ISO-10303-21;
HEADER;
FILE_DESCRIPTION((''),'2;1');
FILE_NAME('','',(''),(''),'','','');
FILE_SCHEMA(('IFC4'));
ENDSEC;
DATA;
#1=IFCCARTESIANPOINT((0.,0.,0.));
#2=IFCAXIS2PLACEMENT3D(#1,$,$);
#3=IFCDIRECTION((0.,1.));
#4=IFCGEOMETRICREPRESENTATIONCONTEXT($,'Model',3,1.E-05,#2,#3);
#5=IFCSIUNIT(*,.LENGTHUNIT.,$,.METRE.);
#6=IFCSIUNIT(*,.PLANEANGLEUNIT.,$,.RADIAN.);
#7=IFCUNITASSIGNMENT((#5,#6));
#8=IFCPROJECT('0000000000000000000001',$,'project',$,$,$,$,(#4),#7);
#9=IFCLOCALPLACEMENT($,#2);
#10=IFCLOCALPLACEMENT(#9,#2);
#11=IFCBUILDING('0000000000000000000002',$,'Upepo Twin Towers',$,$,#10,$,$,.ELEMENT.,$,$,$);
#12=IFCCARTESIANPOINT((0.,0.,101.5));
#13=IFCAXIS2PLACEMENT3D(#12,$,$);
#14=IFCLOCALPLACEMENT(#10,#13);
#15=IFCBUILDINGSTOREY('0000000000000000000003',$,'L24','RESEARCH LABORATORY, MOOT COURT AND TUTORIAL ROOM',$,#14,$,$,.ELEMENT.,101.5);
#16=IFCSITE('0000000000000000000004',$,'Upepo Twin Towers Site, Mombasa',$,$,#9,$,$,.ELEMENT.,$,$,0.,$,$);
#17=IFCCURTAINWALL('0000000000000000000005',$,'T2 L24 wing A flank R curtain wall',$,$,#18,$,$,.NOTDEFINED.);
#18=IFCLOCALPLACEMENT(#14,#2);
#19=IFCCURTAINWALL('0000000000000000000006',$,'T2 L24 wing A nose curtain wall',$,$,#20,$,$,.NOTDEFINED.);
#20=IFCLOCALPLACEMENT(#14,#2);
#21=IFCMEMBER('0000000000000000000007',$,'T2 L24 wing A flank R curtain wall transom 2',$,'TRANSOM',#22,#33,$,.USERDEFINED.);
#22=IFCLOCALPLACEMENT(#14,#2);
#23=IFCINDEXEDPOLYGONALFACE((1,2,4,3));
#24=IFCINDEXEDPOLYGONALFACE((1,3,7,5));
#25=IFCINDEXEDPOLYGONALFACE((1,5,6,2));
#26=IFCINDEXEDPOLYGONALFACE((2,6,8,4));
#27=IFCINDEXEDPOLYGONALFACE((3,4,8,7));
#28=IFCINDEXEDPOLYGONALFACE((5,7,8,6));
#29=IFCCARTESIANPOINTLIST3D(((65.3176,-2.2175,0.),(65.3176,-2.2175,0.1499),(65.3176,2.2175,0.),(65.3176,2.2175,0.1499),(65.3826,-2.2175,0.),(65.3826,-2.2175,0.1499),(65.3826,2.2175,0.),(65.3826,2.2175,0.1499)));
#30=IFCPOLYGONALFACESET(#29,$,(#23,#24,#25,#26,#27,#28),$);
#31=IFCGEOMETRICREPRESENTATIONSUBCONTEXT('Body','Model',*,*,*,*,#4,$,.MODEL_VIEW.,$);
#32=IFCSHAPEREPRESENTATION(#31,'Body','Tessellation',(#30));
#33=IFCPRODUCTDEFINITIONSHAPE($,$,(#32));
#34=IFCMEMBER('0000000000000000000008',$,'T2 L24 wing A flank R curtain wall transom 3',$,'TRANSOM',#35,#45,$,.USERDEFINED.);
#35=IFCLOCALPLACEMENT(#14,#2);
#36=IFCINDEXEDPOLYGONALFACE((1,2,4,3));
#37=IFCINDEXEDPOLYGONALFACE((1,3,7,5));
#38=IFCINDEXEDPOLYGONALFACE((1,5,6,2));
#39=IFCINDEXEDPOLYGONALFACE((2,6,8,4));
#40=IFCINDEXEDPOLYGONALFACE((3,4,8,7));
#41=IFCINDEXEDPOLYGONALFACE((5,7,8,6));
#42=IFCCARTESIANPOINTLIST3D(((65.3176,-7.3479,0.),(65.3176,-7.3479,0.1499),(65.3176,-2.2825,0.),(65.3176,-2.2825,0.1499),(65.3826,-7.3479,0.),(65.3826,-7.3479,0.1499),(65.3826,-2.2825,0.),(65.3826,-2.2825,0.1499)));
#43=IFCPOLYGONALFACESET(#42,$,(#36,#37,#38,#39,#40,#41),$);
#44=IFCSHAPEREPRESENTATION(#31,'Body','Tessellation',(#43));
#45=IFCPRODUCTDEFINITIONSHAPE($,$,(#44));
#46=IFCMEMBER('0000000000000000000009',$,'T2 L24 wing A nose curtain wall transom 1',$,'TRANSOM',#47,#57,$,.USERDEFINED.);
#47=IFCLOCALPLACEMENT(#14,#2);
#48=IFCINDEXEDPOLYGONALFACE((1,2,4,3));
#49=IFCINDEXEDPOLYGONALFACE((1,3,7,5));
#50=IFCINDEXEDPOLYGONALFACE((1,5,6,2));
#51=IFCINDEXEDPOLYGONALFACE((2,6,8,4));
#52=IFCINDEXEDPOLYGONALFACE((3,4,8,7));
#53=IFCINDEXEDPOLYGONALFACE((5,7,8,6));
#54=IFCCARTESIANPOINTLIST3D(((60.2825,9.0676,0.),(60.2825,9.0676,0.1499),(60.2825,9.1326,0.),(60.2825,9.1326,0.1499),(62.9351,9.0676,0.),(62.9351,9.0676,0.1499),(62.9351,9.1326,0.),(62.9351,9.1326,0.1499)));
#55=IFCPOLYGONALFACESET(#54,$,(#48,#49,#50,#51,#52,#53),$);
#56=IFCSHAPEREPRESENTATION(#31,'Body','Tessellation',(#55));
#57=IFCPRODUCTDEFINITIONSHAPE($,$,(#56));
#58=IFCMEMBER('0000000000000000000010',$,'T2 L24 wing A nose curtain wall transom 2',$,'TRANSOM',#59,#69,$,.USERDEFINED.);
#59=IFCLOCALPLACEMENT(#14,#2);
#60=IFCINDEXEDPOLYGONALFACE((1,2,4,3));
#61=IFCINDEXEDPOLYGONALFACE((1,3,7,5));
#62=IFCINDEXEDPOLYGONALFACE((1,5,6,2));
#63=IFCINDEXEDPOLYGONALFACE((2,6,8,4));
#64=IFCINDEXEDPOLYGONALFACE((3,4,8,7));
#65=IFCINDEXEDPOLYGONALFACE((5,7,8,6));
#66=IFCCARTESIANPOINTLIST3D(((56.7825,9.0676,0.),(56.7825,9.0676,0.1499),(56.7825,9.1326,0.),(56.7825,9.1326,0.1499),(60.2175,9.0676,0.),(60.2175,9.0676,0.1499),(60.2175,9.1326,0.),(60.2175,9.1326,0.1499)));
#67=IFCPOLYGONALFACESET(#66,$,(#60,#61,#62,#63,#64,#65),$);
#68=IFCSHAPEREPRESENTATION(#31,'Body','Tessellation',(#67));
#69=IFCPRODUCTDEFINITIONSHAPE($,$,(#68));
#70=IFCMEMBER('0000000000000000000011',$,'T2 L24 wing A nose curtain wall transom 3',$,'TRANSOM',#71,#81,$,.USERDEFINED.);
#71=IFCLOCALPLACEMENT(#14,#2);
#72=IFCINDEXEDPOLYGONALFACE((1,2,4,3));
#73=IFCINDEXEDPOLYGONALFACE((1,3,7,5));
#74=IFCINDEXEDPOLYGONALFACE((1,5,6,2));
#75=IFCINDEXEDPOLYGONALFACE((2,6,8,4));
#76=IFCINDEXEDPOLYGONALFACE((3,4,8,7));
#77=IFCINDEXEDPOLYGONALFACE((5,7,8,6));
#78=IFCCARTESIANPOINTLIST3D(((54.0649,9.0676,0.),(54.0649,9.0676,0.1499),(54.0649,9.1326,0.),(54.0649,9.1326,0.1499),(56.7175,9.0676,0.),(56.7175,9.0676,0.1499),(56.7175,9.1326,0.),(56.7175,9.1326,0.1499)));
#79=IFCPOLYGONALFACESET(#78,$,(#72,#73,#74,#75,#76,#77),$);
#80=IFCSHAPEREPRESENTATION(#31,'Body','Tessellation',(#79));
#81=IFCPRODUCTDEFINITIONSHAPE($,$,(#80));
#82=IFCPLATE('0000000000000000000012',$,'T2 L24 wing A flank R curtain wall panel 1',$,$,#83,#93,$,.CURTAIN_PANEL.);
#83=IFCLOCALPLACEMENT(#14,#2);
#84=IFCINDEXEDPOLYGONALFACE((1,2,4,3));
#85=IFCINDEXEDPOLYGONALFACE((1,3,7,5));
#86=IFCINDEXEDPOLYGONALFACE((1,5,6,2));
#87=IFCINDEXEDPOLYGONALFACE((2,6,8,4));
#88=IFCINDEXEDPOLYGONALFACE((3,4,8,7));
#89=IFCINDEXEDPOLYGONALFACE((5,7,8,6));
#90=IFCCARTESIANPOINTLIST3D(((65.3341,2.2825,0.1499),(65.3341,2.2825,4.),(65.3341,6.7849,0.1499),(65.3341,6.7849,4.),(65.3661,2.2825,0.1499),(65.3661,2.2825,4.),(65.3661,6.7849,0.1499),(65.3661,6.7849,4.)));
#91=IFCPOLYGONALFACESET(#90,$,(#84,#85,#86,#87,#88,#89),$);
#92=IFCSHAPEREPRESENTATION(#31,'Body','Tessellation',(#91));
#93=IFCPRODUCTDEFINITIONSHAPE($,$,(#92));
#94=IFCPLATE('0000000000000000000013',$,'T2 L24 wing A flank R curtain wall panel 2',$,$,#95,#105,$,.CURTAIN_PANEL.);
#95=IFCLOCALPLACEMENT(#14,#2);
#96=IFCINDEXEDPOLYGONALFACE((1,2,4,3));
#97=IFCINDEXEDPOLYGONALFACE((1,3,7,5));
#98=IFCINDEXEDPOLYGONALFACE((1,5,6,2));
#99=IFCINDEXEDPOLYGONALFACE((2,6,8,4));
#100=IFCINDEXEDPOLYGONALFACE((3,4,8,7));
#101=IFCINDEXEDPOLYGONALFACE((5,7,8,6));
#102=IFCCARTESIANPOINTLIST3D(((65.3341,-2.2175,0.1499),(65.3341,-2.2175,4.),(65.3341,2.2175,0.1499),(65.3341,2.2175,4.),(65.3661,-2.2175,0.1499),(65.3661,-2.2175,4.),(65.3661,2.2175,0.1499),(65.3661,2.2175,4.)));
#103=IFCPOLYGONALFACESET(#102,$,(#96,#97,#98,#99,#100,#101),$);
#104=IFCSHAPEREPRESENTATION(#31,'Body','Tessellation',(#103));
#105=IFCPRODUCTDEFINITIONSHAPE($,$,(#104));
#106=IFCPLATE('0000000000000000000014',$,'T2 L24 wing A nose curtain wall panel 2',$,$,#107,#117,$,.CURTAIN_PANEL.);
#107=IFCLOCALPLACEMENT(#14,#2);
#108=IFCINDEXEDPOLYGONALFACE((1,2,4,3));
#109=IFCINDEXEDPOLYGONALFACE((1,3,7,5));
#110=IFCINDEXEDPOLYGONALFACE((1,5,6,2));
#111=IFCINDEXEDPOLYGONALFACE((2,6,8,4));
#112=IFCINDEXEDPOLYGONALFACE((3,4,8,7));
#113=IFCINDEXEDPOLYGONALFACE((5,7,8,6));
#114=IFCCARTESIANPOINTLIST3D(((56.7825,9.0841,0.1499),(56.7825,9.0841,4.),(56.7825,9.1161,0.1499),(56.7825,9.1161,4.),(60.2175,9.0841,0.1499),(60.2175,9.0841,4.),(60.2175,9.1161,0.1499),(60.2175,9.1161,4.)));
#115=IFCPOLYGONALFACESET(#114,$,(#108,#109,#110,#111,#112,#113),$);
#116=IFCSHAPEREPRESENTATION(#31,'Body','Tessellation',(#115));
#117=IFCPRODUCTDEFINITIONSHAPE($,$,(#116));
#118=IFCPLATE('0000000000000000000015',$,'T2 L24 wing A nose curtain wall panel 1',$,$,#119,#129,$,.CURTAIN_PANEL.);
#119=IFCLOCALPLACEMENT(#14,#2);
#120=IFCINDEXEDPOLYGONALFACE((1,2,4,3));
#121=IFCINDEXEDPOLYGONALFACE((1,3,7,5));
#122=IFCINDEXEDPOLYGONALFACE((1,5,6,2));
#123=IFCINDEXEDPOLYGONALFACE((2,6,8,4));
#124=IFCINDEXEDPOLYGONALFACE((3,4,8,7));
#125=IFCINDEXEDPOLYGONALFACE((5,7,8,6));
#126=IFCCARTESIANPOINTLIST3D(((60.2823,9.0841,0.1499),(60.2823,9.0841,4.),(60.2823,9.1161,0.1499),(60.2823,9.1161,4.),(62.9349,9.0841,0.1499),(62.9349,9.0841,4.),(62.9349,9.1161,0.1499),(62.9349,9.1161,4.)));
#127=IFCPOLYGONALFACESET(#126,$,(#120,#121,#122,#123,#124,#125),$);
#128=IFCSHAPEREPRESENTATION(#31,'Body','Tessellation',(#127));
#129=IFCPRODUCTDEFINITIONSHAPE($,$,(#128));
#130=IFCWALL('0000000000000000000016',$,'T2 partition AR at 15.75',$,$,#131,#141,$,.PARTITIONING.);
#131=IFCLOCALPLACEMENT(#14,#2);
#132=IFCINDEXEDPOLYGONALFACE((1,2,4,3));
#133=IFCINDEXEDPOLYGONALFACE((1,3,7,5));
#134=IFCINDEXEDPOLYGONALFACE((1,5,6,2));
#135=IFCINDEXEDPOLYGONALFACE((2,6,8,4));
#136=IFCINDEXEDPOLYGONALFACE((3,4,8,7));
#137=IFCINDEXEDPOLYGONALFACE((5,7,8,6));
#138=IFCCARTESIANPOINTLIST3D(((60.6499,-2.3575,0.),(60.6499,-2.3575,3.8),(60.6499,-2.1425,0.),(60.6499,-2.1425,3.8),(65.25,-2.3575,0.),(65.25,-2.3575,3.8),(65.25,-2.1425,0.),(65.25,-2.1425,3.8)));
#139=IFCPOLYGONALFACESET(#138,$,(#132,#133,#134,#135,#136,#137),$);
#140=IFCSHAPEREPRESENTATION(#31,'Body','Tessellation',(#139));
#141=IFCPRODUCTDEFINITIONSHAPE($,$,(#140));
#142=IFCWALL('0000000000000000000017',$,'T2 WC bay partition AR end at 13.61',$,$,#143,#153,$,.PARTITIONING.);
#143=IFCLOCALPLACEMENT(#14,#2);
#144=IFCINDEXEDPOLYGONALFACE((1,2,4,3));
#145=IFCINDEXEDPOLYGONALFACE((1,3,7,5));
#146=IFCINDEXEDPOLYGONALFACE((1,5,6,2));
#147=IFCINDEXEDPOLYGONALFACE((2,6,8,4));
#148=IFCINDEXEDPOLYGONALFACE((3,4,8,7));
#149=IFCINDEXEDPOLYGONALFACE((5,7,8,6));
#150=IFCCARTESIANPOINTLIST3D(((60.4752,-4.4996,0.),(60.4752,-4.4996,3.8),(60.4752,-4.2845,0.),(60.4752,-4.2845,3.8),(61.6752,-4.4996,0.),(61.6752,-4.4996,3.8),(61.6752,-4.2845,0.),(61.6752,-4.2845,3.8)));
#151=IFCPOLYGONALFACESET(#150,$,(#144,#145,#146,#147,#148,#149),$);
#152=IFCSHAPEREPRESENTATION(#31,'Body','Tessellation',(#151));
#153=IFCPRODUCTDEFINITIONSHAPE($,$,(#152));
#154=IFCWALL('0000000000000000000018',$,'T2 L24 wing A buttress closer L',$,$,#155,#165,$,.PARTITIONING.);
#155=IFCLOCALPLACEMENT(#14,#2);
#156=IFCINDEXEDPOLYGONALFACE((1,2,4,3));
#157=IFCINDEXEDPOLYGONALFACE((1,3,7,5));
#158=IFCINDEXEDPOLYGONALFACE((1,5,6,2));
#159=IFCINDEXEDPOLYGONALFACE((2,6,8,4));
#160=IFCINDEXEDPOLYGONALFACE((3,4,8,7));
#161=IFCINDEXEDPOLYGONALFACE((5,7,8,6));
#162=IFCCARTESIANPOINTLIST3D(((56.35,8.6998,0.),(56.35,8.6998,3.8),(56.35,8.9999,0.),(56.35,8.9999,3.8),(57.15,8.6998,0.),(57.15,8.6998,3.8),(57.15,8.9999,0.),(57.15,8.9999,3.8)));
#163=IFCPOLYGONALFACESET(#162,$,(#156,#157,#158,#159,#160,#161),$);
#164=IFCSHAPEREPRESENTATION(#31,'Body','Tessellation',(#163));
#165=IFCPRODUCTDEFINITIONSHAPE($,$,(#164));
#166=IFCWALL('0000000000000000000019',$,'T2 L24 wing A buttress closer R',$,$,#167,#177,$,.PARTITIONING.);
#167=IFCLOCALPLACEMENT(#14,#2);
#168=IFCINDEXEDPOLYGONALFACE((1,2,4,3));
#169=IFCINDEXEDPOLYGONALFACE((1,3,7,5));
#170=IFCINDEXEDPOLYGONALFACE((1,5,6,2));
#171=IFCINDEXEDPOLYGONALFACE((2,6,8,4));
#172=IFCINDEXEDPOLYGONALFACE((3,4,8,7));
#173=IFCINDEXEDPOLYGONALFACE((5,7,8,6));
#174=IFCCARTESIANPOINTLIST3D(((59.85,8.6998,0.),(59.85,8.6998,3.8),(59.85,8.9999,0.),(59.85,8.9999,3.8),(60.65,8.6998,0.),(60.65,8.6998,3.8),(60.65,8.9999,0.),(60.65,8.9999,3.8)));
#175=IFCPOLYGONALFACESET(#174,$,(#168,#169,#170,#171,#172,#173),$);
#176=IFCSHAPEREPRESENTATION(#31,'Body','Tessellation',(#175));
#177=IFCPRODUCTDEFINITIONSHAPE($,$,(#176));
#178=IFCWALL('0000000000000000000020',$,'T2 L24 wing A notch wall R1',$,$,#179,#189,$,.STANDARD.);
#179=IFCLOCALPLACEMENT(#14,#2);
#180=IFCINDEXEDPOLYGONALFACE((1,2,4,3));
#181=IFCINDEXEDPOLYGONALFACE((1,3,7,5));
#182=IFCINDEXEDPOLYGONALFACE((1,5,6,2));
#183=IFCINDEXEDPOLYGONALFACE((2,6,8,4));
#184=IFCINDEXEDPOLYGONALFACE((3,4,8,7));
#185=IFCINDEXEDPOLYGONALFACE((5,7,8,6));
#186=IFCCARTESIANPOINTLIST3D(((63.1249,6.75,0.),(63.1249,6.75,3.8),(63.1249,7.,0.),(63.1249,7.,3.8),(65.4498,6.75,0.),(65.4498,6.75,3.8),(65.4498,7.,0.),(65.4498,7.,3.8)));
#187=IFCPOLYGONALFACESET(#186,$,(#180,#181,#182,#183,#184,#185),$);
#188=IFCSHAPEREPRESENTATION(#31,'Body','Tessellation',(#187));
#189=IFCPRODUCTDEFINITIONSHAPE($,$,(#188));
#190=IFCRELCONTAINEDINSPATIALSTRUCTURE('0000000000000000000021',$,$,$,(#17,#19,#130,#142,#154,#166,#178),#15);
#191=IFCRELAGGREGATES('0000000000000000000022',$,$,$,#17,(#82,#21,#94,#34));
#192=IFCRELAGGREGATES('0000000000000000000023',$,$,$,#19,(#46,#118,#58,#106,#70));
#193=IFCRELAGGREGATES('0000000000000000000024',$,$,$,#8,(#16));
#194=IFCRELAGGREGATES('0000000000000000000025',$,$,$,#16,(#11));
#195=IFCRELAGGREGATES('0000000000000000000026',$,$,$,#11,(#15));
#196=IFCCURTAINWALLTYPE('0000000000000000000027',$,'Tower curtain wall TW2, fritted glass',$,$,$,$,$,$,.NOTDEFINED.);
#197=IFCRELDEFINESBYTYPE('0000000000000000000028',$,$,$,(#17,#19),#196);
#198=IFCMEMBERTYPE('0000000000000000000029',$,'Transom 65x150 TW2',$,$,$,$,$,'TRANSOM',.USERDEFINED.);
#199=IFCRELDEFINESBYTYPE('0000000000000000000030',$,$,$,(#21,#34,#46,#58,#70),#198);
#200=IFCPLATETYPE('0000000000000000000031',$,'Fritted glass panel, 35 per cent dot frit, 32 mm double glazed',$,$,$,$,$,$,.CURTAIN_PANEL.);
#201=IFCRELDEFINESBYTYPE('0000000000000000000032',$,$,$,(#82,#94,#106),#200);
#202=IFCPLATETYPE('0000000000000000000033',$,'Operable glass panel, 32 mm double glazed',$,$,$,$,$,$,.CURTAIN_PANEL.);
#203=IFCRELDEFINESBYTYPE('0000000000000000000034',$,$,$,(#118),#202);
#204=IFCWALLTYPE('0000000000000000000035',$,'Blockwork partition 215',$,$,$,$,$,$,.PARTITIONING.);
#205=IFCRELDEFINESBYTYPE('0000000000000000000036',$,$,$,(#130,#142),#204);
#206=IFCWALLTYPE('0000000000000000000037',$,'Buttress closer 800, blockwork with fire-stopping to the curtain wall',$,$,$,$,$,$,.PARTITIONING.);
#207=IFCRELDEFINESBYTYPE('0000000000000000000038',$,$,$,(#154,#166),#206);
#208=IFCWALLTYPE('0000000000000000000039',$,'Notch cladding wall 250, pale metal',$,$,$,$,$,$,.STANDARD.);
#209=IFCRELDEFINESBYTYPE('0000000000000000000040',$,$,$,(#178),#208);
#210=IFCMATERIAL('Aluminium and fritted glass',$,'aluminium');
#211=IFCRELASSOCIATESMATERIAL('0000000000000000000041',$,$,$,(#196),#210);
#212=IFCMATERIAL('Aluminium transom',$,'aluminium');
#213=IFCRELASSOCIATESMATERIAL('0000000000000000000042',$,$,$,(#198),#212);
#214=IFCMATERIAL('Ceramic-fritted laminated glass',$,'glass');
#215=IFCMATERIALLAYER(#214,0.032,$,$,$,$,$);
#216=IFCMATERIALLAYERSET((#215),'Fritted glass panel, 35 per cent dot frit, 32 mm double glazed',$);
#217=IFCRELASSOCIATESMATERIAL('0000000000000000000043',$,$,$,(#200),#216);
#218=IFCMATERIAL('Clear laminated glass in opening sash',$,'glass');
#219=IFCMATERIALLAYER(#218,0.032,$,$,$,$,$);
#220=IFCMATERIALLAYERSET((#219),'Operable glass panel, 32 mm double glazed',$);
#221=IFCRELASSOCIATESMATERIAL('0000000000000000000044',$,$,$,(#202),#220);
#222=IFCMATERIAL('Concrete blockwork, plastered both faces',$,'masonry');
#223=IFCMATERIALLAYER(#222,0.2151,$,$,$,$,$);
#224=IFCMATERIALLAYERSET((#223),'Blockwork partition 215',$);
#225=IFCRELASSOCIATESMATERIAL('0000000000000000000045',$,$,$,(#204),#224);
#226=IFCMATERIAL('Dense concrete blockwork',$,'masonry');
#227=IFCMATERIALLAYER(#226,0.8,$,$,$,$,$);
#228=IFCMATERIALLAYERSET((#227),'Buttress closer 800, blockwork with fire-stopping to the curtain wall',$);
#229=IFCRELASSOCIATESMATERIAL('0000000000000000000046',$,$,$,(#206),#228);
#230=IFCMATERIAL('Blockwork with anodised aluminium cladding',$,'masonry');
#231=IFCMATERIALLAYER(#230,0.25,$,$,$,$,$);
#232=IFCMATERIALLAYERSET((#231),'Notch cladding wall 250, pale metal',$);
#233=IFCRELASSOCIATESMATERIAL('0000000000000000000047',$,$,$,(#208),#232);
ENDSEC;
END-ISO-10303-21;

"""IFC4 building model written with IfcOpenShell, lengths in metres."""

from ifc_helpers import new_model, si_unit, direction, frame, frame_2d, origin, origin_2d, place, context, subcontext, project, spatial, rectangle, extrude, material, layer, layer_set, material_profile, profile_set, type_object, element, aggregate, save


model = new_model("IFC4")

# Units and contexts
model_context = context("Model", 3, precision=1e-05, world=origin(), true_north=direction((0.0, 1.0)))
body_context = subcontext(model_context, "Body", "Model", "MODEL_VIEW")
ifc_project = project(units=[si_unit("LENGTHUNIT", "METRE"), si_unit("PLANEANGLEUNIT", "RADIAN")], contexts=[model_context])

# Site, building, storey
site_placement = place(None, origin())
site = spatial("IfcSite", under=ifc_project, at=site_placement, Name="Upepo Twin Towers Site, Mombasa", CompositionType="ELEMENT", RefElevation=0.0)
building_placement = place(site_placement, origin())
building = spatial("IfcBuilding", under=site, at=building_placement, Name="Upepo Twin Towers", CompositionType="ELEMENT")
storey_placement = place(building_placement, frame((0.0, 0.0, 101.5)))
storey = spatial("IfcBuildingStorey", under=building, at=storey_placement, Name="L24", Description="RESEARCH LABORATORY, MOOT COURT AND TUTORIAL ROOM", CompositionType="ELEMENT", Elevation=101.5)

# Curtain walls
ifc_material_1 = material(Name="Aluminium and fritted glass", Category="aluminium")
curtain_wall_type = type_object("IfcCurtainWallType", Name="Tower curtain wall TW2, fritted glass", PredefinedType="NOTDEFINED", material=ifc_material_1)
curtain_wall_1_placement = place(storey_placement, origin())
curtain_wall_1 = element("IfcCurtainWall", 1, at=curtain_wall_1_placement, inside=storey, type_object=curtain_wall_type, Name="T2 L24 wing A flank R curtain wall", PredefinedType="NOTDEFINED")
curtain_wall_2_placement = place(storey_placement, origin())
curtain_wall_2 = element("IfcCurtainWall", 2, at=curtain_wall_2_placement, inside=storey, type_object=curtain_wall_type, Name="T2 L24 wing A nose curtain wall", PredefinedType="NOTDEFINED")

# Members
ifc_material_2 = material(Name="Aluminium transom", Category="aluminium")
ifc_material_profile_1 = material_profile(ifc_material_2, rectangle(XDim=0.0649, YDim=0.1499, at=origin_2d()), Name="TRANSOM 65x150")
ifc_profile_set_1 = profile_set([ifc_material_profile_1], Name="Aluminium transom")
member_type_1 = type_object("IfcMemberType", Name="Transom 65x150 TW2", ElementType="TRANSOM", PredefinedType="USERDEFINED", material=ifc_profile_set_1)
member_1_placement = place(storey_placement, frame((65.3501, 2.2175, 0.075), z_axis=(0.0, -1.0, 0.0), x_axis=(1.0, 0.0, 0.0)))
member_1 = element("IfcMember", 3, at=member_1_placement, type_object=member_type_1, Name="T2 L24 wing A flank R curtain wall transom 2", ObjectType="TRANSOM", PredefinedType="USERDEFINED", context=body_context, shape_type="SweptSolid", body=[
    extrude(rectangle(XDim=0.0649, YDim=0.1499, at=origin_2d()), origin(), (0.0, 0.0, 1.0), 4.4351),
])
member_2_placement = place(storey_placement, frame((65.3501, -2.2825, 0.075), z_axis=(0.0, -1.0, 0.0), x_axis=(1.0, 0.0, 0.0)))
member_2 = element("IfcMember", 4, at=member_2_placement, type_object=member_type_1, Name="T2 L24 wing A flank R curtain wall transom 3", ObjectType="TRANSOM", PredefinedType="USERDEFINED", context=body_context, shape_type="SweptSolid", body=[
    extrude(rectangle(XDim=0.0649, YDim=0.1499, at=origin_2d()), origin(), (0.0, 0.0, 1.0), 5.0654),
])
member_3_placement = place(storey_placement, frame((62.9351, 9.1001, 0.075), z_axis=(-1.0, 0.0, 0.0), x_axis=(0.0, -1.0, 0.0)))
member_3 = element("IfcMember", 5, at=member_3_placement, type_object=member_type_1, Name="T2 L24 wing A nose curtain wall transom 1", ObjectType="TRANSOM", PredefinedType="USERDEFINED", context=body_context, shape_type="SweptSolid", body=[
    extrude(rectangle(XDim=0.0649, YDim=0.1499, at=origin_2d()), origin(), (0.0, 0.0, 1.0), 2.6526),
])
member_4_placement = place(storey_placement, frame((60.2175, 9.1001, 0.075), z_axis=(-1.0, 0.0, 0.0), x_axis=(0.0, -1.0, 0.0)))
member_4 = element("IfcMember", 6, at=member_4_placement, type_object=member_type_1, Name="T2 L24 wing A nose curtain wall transom 2", ObjectType="TRANSOM", PredefinedType="USERDEFINED", context=body_context, shape_type="SweptSolid", body=[
    extrude(rectangle(XDim=0.0649, YDim=0.1499, at=origin_2d()), origin(), (0.0, 0.0, 1.0), 3.4351),
])
member_5_placement = place(storey_placement, frame((56.7175, 9.1001, 0.075), z_axis=(-1.0, 0.0, 0.0), x_axis=(0.0, -1.0, 0.0)))
member_5 = element("IfcMember", 7, at=member_5_placement, type_object=member_type_1, Name="T2 L24 wing A nose curtain wall transom 3", ObjectType="TRANSOM", PredefinedType="USERDEFINED", context=body_context, shape_type="SweptSolid", body=[
    extrude(rectangle(XDim=0.0649, YDim=0.1499, at=origin_2d()), origin(), (0.0, 0.0, 1.0), 2.6526),
])

# Plates
ifc_material_3 = material(Name="Ceramic-fritted laminated glass", Category="glass")
ifc_layer_1 = layer(ifc_material_3, 0.032)
ifc_layer_set_1 = layer_set([ifc_layer_1], Name="Fritted glass panel, 35 per cent dot frit, 32 mm double glazed")
plate_type_1 = type_object("IfcPlateType", Name="Fritted glass panel, 35 per cent dot frit, 32 mm double glazed", PredefinedType="CURTAIN_PANEL", material=ifc_layer_set_1)
plate_1_placement = place(storey_placement, frame((65.3501, 4.5337, 0.1499), z_axis=(0.0, 0.0, 1.0), x_axis=(0.0, -1.0, 0.0)))
plate_1 = element("IfcPlate", 8, at=plate_1_placement, type_object=plate_type_1, Name="T2 L24 wing A flank R curtain wall panel 1", PredefinedType="CURTAIN_PANEL", context=body_context, shape_type="SweptSolid", body=[
    extrude(rectangle(XDim=4.5024, YDim=0.032, at=origin_2d()), origin(), (0.0, 0.0, 1.0), 3.8501),
])
plate_2_placement = place(storey_placement, frame((65.3501, 0.0, 0.1499), z_axis=(0.0, 0.0, 1.0), x_axis=(0.0, -1.0, 0.0)))
plate_2 = element("IfcPlate", 9, at=plate_2_placement, type_object=plate_type_1, Name="T2 L24 wing A flank R curtain wall panel 2", PredefinedType="CURTAIN_PANEL", context=body_context, shape_type="SweptSolid", body=[
    extrude(rectangle(XDim=4.4351, YDim=0.032, at=origin_2d()), origin(), (0.0, 0.0, 1.0), 3.8501),
])
aggregate(curtain_wall_1, [plate_1, member_1, plate_2, member_2])
plate_3_placement = place(storey_placement, frame((58.5, 9.1001, 0.1499), z_axis=(0.0, 0.0, 1.0), x_axis=(-1.0, 0.0, 0.0)))
plate_3 = element("IfcPlate", 10, at=plate_3_placement, type_object=plate_type_1, Name="T2 L24 wing A nose curtain wall panel 2", PredefinedType="CURTAIN_PANEL", context=body_context, shape_type="SweptSolid", body=[
    extrude(rectangle(XDim=3.4351, YDim=0.032, at=origin_2d()), origin(), (0.0, 0.0, 1.0), 3.8501),
])
ifc_material_4 = material(Name="Clear laminated glass in opening sash", Category="glass")
ifc_layer_2 = layer(ifc_material_4, 0.032)
ifc_layer_set_2 = layer_set([ifc_layer_2], Name="Operable glass panel, 32 mm double glazed")
plate_type_2 = type_object("IfcPlateType", Name="Operable glass panel, 32 mm double glazed", PredefinedType="CURTAIN_PANEL", material=ifc_layer_set_2)
plate_4_placement = place(storey_placement, frame((61.6086, 9.1001, 0.1499), z_axis=(0.0, 0.0, 1.0), x_axis=(-1.0, 0.0, 0.0)))
plate_4 = element("IfcPlate", 11, at=plate_4_placement, type_object=plate_type_2, Name="T2 L24 wing A nose curtain wall panel 1", PredefinedType="CURTAIN_PANEL", context=body_context, shape_type="SweptSolid", body=[
    extrude(rectangle(XDim=2.6526, YDim=0.032, at=origin_2d()), origin(), (0.0, 0.0, 1.0), 3.8501),
])
aggregate(curtain_wall_2, [member_3, plate_4, member_4, plate_3, member_5])

# Walls
ifc_material_5 = material(Name="Concrete blockwork, plastered both faces", Category="masonry")
ifc_layer_3 = layer(ifc_material_5, 0.2151)
ifc_layer_set_3 = layer_set([ifc_layer_3], Name="Blockwork partition 215")
wall_type_1 = type_object("IfcWallType", Name="Blockwork partition 215", PredefinedType="PARTITIONING", material=ifc_layer_set_3)
wall_1_placement = place(storey_placement, frame((60.6499, -2.25, 0.0), z_axis=(0.0, 0.0, 1.0), x_axis=(1.0, 0.0, 0.0)))
element("IfcWall", 12, at=wall_1_placement, inside=storey, type_object=wall_type_1, Name="T2 partition AR at 15.75", PredefinedType="PARTITIONING", context=body_context, shape_type="SweptSolid", body=[
    extrude(rectangle(XDim=4.6001, YDim=0.2151, at=frame_2d((2.3, 0.0))), origin(), (0.0, 0.0, 1.0), 3.8),
])
wall_2_placement = place(storey_placement, frame((60.4751, -4.3921, 0.0), z_axis=(0.0, 0.0, 1.0), x_axis=(1.0, 0.0, 0.0)))
element("IfcWall", 13, at=wall_2_placement, inside=storey, type_object=wall_type_1, Name="T2 WC bay partition AR end at 13.61", PredefinedType="PARTITIONING", context=body_context, shape_type="SweptSolid", body=[
    extrude(rectangle(XDim=1.2, YDim=0.2151, at=frame_2d((0.6001, 0.0))), origin(), (0.0, 0.0, 1.0), 3.8),
])
ifc_material_6 = material(Name="Dense concrete blockwork", Category="masonry")
ifc_layer_4 = layer(ifc_material_6, 0.8)
ifc_layer_set_4 = layer_set([ifc_layer_4], Name="Buttress closer 800, blockwork with fire-stopping to the curtain wall")
wall_type_2 = type_object("IfcWallType", Name="Buttress closer 800, blockwork with fire-stopping to the curtain wall", PredefinedType="PARTITIONING", material=ifc_layer_set_4)
for number, where, z_axis, x_axis, name in (
    (14, (56.75, 8.7, 0.0), (0.0, 0.0, 1.0), (0.0, 1.0, 0.0), "T2 L24 wing A buttress closer L"),
    (15, (60.25, 8.7, 0.0), (0.0, 0.0, 1.0), (0.0, 1.0, 0.0), "T2 L24 wing A buttress closer R"),
):
    element("IfcWall", number, at=place(storey_placement, frame(where, z_axis=z_axis, x_axis=x_axis)), inside=storey, type_object=wall_type_2, Name=name, PredefinedType="PARTITIONING", context=body_context, shape_type="SweptSolid", body=[
        extrude(rectangle(XDim=0.3, YDim=0.8, at=frame_2d((0.1499, 0.0))), origin(), (0.0, 0.0, 1.0), 3.8),
    ])
ifc_material_7 = material(Name="Blockwork with anodised aluminium cladding", Category="masonry")
ifc_layer_5 = layer(ifc_material_7, 0.25)
ifc_layer_set_5 = layer_set([ifc_layer_5], Name="Notch cladding wall 250, pale metal")
wall_type_3 = type_object("IfcWallType", Name="Notch cladding wall 250, pale metal", PredefinedType="STANDARD", material=ifc_layer_set_5)
for number, where, z_axis, x_axis, name in (
    (16, (65.45, 6.875, 0.0), (0.0, 0.0, 1.0), (-1.0, 0.0, 0.0), "T2 L24 wing A notch wall R1"),
):
    element("IfcWall", number, at=place(storey_placement, frame(where, z_axis=z_axis, x_axis=x_axis)), inside=storey, type_object=wall_type_3, Name=name, PredefinedType="STANDARD", context=body_context, shape_type="SweptSolid", body=[
        extrude(rectangle(XDim=2.325, YDim=0.25, at=frame_2d((1.1626, 0.0))), origin(), (0.0, 0.0, 1.0), 3.8),
    ])

save(model, "model.ifc")
